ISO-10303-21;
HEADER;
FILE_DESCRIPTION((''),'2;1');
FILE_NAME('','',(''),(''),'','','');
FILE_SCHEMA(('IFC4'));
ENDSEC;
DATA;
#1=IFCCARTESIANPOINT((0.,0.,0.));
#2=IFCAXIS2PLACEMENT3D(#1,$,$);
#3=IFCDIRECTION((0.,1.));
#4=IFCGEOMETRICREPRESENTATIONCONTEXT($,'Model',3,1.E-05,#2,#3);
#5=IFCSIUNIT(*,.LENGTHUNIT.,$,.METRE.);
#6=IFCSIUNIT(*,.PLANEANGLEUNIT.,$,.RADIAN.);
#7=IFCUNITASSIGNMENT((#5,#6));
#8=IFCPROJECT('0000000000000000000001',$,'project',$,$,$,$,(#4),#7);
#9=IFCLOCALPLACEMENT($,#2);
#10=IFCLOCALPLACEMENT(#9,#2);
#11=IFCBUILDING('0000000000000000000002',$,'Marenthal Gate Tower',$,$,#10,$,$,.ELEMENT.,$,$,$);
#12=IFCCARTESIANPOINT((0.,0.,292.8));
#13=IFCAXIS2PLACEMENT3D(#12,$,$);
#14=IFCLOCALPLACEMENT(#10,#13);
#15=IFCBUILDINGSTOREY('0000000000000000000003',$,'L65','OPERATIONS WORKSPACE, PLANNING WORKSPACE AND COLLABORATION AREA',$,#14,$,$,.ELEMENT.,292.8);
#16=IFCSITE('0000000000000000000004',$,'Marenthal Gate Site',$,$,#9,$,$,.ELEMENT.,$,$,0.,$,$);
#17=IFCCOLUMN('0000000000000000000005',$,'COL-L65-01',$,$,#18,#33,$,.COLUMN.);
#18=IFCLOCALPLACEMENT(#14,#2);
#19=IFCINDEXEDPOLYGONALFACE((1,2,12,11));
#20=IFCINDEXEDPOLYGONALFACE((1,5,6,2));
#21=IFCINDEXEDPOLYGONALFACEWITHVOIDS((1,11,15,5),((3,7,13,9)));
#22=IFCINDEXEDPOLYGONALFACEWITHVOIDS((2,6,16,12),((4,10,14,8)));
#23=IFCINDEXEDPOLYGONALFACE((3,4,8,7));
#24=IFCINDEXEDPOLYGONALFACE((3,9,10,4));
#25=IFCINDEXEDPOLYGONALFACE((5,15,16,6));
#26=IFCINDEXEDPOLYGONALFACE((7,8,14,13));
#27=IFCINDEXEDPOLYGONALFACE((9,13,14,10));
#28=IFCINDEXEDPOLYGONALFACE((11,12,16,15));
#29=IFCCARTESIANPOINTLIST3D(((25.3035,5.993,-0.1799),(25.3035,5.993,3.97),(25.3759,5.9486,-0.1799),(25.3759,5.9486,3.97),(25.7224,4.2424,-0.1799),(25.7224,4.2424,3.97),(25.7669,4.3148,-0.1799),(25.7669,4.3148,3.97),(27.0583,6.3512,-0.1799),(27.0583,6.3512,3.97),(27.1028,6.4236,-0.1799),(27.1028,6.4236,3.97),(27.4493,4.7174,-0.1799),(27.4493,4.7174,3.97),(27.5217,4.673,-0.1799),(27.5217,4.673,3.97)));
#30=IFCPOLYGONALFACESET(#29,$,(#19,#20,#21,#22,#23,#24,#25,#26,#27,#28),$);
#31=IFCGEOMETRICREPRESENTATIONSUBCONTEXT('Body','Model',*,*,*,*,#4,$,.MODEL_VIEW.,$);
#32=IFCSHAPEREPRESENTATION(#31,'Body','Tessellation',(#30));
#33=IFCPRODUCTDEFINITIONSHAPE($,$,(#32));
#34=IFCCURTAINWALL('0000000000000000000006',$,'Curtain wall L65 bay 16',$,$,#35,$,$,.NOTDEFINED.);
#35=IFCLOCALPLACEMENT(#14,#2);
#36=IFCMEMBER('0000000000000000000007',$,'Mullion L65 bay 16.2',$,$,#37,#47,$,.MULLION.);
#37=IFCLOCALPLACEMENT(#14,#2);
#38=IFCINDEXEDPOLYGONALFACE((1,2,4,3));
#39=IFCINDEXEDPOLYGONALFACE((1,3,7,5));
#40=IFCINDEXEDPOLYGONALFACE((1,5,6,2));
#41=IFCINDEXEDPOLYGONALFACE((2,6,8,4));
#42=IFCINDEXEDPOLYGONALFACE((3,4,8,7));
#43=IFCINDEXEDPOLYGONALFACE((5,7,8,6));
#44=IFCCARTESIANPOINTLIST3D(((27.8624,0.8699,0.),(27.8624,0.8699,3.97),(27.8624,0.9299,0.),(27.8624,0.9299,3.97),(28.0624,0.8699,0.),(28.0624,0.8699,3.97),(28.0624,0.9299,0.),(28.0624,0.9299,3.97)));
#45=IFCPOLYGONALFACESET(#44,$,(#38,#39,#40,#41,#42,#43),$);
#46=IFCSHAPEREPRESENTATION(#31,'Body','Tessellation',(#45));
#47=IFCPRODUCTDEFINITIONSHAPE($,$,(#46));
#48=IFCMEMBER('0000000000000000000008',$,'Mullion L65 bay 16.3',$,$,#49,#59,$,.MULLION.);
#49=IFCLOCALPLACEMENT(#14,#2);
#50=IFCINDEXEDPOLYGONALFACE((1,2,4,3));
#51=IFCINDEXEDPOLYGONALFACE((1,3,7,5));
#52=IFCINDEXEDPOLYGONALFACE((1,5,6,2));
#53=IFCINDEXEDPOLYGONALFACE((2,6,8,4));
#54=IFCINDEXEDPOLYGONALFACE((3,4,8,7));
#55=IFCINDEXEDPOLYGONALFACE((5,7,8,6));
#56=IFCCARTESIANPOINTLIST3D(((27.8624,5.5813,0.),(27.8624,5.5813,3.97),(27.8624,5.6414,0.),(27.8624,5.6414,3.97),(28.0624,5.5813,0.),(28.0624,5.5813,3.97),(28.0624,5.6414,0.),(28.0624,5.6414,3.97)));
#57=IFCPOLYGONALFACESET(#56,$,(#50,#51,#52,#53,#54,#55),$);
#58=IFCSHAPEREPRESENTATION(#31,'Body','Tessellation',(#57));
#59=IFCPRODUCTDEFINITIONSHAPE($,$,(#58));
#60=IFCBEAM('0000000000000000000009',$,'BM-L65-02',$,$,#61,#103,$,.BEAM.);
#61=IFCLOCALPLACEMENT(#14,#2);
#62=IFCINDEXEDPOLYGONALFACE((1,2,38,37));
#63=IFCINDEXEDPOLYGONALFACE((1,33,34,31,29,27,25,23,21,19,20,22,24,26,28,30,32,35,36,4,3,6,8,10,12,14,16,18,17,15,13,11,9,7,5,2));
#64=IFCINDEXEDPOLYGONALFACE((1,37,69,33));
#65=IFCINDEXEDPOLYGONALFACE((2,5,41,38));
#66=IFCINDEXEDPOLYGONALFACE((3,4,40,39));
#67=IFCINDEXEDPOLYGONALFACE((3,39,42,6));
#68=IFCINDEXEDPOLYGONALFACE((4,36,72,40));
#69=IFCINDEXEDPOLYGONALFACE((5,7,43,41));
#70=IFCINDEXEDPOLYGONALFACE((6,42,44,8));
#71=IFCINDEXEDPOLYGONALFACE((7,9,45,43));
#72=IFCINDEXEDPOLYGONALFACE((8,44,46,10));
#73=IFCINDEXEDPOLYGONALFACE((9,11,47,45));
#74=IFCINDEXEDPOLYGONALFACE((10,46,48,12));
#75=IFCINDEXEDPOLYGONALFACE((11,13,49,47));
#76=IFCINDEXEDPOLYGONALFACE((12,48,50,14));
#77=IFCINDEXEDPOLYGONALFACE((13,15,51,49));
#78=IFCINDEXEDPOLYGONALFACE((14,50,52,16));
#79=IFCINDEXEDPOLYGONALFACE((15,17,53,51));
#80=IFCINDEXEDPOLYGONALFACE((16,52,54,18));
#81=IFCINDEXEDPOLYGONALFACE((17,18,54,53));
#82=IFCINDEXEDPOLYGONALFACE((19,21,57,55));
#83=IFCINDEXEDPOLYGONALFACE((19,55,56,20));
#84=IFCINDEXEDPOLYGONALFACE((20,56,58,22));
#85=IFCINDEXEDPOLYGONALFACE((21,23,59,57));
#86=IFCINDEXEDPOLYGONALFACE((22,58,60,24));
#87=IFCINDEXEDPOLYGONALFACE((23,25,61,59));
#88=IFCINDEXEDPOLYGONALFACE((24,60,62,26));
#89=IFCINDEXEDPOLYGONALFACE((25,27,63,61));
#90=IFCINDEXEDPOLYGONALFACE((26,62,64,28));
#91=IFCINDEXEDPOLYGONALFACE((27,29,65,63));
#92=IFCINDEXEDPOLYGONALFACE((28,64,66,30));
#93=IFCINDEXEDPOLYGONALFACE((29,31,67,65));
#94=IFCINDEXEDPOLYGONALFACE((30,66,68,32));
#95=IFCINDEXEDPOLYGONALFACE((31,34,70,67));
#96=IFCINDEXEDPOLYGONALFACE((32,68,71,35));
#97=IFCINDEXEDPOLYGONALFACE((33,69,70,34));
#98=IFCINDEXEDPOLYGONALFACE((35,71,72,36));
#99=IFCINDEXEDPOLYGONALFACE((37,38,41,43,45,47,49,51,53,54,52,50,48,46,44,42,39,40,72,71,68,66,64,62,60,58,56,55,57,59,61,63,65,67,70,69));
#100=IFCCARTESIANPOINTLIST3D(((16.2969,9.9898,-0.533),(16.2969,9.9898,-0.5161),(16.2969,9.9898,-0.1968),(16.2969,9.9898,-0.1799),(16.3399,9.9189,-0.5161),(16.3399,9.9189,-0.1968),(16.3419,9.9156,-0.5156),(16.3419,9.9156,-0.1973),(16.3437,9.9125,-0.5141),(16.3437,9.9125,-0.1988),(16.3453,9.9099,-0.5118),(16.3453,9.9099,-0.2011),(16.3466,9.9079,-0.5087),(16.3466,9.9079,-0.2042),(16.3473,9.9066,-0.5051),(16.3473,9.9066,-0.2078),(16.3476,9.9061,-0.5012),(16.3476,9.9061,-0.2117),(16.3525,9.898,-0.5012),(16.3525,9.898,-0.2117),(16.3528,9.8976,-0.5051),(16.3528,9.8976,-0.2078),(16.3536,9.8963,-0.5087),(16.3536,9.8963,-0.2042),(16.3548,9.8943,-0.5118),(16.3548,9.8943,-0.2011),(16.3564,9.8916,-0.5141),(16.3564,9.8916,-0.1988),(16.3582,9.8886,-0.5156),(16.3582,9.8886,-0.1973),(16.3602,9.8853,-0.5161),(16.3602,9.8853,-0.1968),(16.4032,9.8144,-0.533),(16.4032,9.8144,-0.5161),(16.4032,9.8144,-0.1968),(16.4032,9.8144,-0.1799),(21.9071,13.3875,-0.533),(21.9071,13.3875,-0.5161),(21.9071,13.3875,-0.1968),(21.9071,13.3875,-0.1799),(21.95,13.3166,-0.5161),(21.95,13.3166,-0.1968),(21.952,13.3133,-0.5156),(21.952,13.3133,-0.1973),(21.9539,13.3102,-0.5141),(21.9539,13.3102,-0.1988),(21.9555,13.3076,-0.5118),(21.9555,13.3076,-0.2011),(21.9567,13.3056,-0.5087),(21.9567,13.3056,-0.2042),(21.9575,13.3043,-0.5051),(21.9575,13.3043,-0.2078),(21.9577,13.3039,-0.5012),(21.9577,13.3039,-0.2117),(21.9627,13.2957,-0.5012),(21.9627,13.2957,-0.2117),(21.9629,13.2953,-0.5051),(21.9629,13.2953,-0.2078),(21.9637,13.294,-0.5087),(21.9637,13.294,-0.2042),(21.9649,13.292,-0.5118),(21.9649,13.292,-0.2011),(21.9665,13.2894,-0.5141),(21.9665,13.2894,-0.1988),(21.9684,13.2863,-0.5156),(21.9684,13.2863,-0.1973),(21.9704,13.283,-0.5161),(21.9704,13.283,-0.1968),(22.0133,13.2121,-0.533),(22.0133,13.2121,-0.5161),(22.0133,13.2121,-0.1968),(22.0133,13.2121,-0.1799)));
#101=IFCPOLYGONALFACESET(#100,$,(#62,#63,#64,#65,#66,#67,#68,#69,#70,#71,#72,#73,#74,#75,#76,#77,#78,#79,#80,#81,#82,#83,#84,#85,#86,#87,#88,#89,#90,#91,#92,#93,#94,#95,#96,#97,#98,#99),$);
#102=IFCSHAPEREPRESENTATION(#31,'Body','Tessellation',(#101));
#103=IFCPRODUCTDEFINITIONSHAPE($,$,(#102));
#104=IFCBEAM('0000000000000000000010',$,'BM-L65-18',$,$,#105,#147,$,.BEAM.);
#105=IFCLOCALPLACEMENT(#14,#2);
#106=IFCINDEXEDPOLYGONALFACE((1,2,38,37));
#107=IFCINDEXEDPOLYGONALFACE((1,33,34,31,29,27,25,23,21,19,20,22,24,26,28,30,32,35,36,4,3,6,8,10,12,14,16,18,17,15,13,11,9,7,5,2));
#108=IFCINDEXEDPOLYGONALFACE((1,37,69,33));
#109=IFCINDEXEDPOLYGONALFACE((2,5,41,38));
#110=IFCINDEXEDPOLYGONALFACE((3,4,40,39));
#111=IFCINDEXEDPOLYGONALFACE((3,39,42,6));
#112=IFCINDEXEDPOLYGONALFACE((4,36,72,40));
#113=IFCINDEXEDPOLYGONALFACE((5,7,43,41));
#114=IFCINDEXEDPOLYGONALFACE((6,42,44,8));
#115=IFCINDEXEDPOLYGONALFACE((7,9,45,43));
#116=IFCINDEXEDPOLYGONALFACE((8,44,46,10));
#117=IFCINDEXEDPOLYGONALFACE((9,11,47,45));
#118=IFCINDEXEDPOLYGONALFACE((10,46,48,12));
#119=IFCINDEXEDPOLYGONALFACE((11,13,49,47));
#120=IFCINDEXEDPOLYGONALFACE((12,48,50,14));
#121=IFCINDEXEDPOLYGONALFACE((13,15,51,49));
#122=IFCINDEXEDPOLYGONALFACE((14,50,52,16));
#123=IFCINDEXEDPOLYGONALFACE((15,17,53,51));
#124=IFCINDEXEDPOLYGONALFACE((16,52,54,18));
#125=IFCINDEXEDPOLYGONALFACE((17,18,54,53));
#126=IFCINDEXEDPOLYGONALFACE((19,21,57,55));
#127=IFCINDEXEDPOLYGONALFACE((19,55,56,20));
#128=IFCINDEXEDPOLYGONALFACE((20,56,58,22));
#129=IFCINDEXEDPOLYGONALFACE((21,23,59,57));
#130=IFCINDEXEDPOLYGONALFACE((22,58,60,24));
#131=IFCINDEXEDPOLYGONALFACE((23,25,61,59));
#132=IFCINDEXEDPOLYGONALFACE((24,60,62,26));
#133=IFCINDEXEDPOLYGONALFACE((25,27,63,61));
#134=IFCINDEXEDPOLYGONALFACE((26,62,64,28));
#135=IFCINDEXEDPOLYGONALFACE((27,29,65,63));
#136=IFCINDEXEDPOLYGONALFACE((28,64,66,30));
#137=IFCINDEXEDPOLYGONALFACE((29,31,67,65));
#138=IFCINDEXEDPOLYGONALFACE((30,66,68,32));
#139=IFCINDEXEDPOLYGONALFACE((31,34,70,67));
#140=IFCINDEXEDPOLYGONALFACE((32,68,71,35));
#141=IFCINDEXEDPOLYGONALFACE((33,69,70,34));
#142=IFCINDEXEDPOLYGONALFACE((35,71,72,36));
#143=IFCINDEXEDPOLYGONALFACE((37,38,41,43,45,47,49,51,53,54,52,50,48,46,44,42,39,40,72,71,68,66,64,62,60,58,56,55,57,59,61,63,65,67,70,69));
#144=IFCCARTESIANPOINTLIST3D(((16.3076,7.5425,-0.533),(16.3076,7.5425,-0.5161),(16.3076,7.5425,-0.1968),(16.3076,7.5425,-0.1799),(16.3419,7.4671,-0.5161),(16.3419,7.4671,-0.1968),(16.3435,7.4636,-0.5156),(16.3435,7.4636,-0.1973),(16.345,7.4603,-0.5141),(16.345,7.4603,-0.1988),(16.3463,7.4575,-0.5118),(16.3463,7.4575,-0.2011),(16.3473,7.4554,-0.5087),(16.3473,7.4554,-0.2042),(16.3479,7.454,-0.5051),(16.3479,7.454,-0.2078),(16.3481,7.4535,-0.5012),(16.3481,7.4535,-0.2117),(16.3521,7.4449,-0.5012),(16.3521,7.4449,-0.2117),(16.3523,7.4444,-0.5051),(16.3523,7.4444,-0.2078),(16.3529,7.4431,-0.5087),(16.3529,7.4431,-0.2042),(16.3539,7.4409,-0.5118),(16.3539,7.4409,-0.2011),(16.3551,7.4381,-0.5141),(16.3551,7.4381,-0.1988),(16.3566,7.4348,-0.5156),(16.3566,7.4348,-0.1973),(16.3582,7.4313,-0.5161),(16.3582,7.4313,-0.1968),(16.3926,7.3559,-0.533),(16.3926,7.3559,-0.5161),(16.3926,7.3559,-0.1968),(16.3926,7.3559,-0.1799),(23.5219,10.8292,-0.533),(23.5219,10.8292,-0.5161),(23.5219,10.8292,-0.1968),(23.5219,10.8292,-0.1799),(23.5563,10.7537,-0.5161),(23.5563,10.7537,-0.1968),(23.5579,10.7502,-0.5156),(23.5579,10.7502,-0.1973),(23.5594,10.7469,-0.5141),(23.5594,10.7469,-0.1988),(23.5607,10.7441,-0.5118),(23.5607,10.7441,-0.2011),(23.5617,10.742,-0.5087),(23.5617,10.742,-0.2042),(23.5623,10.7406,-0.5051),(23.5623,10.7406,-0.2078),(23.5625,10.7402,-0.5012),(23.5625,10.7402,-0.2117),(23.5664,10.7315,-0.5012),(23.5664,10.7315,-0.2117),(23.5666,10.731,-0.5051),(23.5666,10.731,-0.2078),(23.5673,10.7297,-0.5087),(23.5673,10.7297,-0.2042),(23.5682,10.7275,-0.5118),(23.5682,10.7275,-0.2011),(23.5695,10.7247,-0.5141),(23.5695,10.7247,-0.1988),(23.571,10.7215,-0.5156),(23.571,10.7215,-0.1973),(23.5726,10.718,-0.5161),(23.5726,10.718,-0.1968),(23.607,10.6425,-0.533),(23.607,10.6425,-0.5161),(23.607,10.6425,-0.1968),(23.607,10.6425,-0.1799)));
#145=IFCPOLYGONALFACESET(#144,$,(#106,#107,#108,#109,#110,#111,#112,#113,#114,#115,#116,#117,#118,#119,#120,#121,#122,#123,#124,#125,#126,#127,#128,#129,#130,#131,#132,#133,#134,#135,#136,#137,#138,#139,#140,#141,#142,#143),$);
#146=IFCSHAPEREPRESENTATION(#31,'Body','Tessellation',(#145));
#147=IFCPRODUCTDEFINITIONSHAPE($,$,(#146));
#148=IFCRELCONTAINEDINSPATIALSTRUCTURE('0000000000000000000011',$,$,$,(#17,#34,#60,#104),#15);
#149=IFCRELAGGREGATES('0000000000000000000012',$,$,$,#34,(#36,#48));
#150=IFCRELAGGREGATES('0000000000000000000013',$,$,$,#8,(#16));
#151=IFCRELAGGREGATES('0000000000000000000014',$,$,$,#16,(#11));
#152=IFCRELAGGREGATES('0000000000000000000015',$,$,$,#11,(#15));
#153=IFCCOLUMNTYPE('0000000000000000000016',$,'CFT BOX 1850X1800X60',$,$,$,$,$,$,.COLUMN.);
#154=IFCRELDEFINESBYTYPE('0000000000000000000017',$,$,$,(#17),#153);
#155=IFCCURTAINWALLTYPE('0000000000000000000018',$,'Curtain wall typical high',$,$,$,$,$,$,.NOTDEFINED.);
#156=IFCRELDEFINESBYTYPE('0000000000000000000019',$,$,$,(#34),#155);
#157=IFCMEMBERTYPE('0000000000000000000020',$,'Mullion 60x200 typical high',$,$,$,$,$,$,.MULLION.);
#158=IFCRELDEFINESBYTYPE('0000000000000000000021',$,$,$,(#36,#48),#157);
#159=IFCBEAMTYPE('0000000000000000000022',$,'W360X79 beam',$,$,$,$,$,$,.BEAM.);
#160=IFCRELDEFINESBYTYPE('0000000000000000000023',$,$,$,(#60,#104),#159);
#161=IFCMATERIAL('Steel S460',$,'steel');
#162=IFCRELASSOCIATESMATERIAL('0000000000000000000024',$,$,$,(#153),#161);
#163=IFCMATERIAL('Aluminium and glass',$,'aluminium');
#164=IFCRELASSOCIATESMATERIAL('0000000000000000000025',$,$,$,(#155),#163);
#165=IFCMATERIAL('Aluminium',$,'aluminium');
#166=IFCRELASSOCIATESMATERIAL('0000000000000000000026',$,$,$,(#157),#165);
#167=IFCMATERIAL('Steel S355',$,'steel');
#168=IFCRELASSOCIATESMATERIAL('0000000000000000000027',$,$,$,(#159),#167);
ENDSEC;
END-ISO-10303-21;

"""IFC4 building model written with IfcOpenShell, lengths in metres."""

from ifc_helpers import new_model, si_unit, direction, frame, origin, origin_2d, place, context, subcontext, project, spatial, rectangle, hollow_rectangle, i_section, extrude, material, material_profile, profile_set, type_object, element, aggregate, save


model = new_model("IFC4")

# Units and contexts
model_context = context("Model", 3, precision=1e-05, world=origin(), true_north=direction((0.0, 1.0)))
body_context = subcontext(model_context, "Body", "Model", "MODEL_VIEW")
ifc_project = project(units=[si_unit("LENGTHUNIT", "METRE"), si_unit("PLANEANGLEUNIT", "RADIAN")], contexts=[model_context])

# Site, building, storey
site_placement = place(None, origin())
site = spatial("IfcSite", under=ifc_project, at=site_placement, Name="Marenthal Gate Site", CompositionType="ELEMENT", RefElevation=0.0)
building_placement = place(site_placement, origin())
building = spatial("IfcBuilding", under=site, at=building_placement, Name="Marenthal Gate Tower", CompositionType="ELEMENT")
storey_placement = place(building_placement, frame((0.0, 0.0, 292.8)))
storey = spatial("IfcBuildingStorey", under=building, at=storey_placement, Name="L65", Description="OPERATIONS WORKSPACE, PLANNING WORKSPACE AND COLLABORATION AREA", CompositionType="ELEMENT", Elevation=292.8)

# Column
ifc_material_1 = material(Name="Steel S460", Category="steel")
ifc_material_profile_1 = material_profile(ifc_material_1, hollow_rectangle(XDim=1.8, YDim=1.8501, WallThickness=0.0601, at=origin_2d()), Name="CFT BOX 1850X1800X60")
ifc_material_2 = material(Name="Concrete 70 MPa", Category="concrete")
ifc_material_profile_2 = material_profile(ifc_material_2, rectangle(XDim=1.6799, YDim=1.73, at=origin_2d()), Name="CFT BOX 1850X1800X60 INFILL")
ifc_profile_set_1 = profile_set([ifc_material_profile_1, ifc_material_profile_2], Name="Steel S460 shell, Concrete 70 MPa infill")
column_type = type_object("IfcColumnType", Name="CFT BOX 1850X1800X60", PredefinedType="COLUMN", material=ifc_profile_set_1)
column_placement = place(storey_placement, frame((26.4126, 5.333, -0.1799), z_axis=(0.0, 0.0, 1.0), x_axis=(0.232739, -0.972539, 0.0)))
element("IfcColumn", 1, at=column_placement, inside=storey, type_object=column_type, Name="COL-L65-01", PredefinedType="COLUMN", context=body_context, shape_type="SweptSolid", body=[
    extrude(hollow_rectangle(XDim=1.8, YDim=1.8501, WallThickness=0.0601, at=origin_2d()), origin(), (0.0, 0.0, 1.0), 4.1499),
])

# Curtain wall, members
ifc_material_3 = material(Name="Aluminium and glass", Category="aluminium")
curtain_wall_type = type_object("IfcCurtainWallType", Name="Curtain wall typical high", PredefinedType="NOTDEFINED", material=ifc_material_3)
curtain_wall_placement = place(storey_placement, origin())
curtain_wall = element("IfcCurtainWall", 2, at=curtain_wall_placement, inside=storey, type_object=curtain_wall_type, Name="Curtain wall L65 bay 16", PredefinedType="NOTDEFINED")
ifc_material_4 = material(Name="Aluminium", Category="aluminium")
ifc_material_profile_3 = material_profile(ifc_material_4, rectangle(XDim=0.2, YDim=0.0601, at=origin_2d()), Name="60x200 aluminium mullion")
ifc_profile_set_2 = profile_set([ifc_material_profile_3], Name="Aluminium")
member_type = type_object("IfcMemberType", Name="Mullion 60x200 typical high", PredefinedType="MULLION", material=ifc_profile_set_2)
member_1_placement = place(storey_placement, frame((27.9624, 0.8999, 0.0), z_axis=(0.0, 0.0, 1.0), x_axis=(-1.0, 0.0, 0.0)))
member_1 = element("IfcMember", 3, at=member_1_placement, type_object=member_type, Name="Mullion L65 bay 16.2", PredefinedType="MULLION", context=body_context, shape_type="SweptSolid", body=[
    extrude(rectangle(XDim=0.2, YDim=0.0601, at=origin_2d()), origin(), (0.0, 0.0, 1.0), 3.97),
])
member_2_placement = place(storey_placement, frame((27.9624, 5.6113, 0.0), z_axis=(0.0, 0.0, 1.0), x_axis=(-1.0, 0.0, 0.0)))
member_2 = element("IfcMember", 4, at=member_2_placement, type_object=member_type, Name="Mullion L65 bay 16.3", PredefinedType="MULLION", context=body_context, shape_type="SweptSolid", body=[
    extrude(rectangle(XDim=0.2, YDim=0.0601, at=origin_2d()), origin(), (0.0, 0.0, 1.0), 3.97),
])

# Beams
ifc_material_5 = material(Name="Steel S355", Category="steel")
ifc_material_profile_4 = material_profile(ifc_material_5, i_section(OverallWidth=0.2051, OverallDepth=0.353, WebThickness=0.0095, FlangeThickness=0.0168, FilletRadius=0.0149, at=origin_2d()), Name="W360X79")
ifc_profile_set_3 = profile_set([ifc_material_profile_4], Name="Steel S355")
beam_type_1 = type_object("IfcBeamType", Name="W360X79 beam", PredefinedType="BEAM", material=ifc_profile_set_3)
beam_1_placement = place(storey_placement, frame((21.9602, 13.2998, -0.3564), z_axis=(-0.855357, -0.518039, 0.0), x_axis=(0.518039, -0.855357, 0.0)))
element("IfcBeam", 5, at=beam_1_placement, inside=storey, type_object=beam_type_1, Name="BM-L65-02", PredefinedType="BEAM", context=body_context, shape_type="SweptSolid", body=[
    extrude(i_section(OverallWidth=0.2051, OverallDepth=0.353, WebThickness=0.0095, FlangeThickness=0.0168, FilletRadius=0.0149, at=origin_2d()), origin(), (0.0, 0.0, 1.0), 6.5588),
])
beam_2_placement = place(storey_placement, frame((23.5645, 10.7358, -0.3564), z_axis=(-0.910016, -0.414573, 0.0), x_axis=(0.414573, -0.910016, 0.0)))
element("IfcBeam", 6, at=beam_2_placement, inside=storey, type_object=beam_type_1, Name="BM-L65-18", PredefinedType="BEAM", context=body_context, shape_type="SweptSolid", body=[
    extrude(i_section(OverallWidth=0.2051, OverallDepth=0.353, WebThickness=0.0095, FlangeThickness=0.0168, FilletRadius=0.0149, at=origin_2d()), origin(), (0.0, 0.0, 1.0), 7.9277),
])

aggregate(curtain_wall, [member_1, member_2])

save(model, "model.ifc")
